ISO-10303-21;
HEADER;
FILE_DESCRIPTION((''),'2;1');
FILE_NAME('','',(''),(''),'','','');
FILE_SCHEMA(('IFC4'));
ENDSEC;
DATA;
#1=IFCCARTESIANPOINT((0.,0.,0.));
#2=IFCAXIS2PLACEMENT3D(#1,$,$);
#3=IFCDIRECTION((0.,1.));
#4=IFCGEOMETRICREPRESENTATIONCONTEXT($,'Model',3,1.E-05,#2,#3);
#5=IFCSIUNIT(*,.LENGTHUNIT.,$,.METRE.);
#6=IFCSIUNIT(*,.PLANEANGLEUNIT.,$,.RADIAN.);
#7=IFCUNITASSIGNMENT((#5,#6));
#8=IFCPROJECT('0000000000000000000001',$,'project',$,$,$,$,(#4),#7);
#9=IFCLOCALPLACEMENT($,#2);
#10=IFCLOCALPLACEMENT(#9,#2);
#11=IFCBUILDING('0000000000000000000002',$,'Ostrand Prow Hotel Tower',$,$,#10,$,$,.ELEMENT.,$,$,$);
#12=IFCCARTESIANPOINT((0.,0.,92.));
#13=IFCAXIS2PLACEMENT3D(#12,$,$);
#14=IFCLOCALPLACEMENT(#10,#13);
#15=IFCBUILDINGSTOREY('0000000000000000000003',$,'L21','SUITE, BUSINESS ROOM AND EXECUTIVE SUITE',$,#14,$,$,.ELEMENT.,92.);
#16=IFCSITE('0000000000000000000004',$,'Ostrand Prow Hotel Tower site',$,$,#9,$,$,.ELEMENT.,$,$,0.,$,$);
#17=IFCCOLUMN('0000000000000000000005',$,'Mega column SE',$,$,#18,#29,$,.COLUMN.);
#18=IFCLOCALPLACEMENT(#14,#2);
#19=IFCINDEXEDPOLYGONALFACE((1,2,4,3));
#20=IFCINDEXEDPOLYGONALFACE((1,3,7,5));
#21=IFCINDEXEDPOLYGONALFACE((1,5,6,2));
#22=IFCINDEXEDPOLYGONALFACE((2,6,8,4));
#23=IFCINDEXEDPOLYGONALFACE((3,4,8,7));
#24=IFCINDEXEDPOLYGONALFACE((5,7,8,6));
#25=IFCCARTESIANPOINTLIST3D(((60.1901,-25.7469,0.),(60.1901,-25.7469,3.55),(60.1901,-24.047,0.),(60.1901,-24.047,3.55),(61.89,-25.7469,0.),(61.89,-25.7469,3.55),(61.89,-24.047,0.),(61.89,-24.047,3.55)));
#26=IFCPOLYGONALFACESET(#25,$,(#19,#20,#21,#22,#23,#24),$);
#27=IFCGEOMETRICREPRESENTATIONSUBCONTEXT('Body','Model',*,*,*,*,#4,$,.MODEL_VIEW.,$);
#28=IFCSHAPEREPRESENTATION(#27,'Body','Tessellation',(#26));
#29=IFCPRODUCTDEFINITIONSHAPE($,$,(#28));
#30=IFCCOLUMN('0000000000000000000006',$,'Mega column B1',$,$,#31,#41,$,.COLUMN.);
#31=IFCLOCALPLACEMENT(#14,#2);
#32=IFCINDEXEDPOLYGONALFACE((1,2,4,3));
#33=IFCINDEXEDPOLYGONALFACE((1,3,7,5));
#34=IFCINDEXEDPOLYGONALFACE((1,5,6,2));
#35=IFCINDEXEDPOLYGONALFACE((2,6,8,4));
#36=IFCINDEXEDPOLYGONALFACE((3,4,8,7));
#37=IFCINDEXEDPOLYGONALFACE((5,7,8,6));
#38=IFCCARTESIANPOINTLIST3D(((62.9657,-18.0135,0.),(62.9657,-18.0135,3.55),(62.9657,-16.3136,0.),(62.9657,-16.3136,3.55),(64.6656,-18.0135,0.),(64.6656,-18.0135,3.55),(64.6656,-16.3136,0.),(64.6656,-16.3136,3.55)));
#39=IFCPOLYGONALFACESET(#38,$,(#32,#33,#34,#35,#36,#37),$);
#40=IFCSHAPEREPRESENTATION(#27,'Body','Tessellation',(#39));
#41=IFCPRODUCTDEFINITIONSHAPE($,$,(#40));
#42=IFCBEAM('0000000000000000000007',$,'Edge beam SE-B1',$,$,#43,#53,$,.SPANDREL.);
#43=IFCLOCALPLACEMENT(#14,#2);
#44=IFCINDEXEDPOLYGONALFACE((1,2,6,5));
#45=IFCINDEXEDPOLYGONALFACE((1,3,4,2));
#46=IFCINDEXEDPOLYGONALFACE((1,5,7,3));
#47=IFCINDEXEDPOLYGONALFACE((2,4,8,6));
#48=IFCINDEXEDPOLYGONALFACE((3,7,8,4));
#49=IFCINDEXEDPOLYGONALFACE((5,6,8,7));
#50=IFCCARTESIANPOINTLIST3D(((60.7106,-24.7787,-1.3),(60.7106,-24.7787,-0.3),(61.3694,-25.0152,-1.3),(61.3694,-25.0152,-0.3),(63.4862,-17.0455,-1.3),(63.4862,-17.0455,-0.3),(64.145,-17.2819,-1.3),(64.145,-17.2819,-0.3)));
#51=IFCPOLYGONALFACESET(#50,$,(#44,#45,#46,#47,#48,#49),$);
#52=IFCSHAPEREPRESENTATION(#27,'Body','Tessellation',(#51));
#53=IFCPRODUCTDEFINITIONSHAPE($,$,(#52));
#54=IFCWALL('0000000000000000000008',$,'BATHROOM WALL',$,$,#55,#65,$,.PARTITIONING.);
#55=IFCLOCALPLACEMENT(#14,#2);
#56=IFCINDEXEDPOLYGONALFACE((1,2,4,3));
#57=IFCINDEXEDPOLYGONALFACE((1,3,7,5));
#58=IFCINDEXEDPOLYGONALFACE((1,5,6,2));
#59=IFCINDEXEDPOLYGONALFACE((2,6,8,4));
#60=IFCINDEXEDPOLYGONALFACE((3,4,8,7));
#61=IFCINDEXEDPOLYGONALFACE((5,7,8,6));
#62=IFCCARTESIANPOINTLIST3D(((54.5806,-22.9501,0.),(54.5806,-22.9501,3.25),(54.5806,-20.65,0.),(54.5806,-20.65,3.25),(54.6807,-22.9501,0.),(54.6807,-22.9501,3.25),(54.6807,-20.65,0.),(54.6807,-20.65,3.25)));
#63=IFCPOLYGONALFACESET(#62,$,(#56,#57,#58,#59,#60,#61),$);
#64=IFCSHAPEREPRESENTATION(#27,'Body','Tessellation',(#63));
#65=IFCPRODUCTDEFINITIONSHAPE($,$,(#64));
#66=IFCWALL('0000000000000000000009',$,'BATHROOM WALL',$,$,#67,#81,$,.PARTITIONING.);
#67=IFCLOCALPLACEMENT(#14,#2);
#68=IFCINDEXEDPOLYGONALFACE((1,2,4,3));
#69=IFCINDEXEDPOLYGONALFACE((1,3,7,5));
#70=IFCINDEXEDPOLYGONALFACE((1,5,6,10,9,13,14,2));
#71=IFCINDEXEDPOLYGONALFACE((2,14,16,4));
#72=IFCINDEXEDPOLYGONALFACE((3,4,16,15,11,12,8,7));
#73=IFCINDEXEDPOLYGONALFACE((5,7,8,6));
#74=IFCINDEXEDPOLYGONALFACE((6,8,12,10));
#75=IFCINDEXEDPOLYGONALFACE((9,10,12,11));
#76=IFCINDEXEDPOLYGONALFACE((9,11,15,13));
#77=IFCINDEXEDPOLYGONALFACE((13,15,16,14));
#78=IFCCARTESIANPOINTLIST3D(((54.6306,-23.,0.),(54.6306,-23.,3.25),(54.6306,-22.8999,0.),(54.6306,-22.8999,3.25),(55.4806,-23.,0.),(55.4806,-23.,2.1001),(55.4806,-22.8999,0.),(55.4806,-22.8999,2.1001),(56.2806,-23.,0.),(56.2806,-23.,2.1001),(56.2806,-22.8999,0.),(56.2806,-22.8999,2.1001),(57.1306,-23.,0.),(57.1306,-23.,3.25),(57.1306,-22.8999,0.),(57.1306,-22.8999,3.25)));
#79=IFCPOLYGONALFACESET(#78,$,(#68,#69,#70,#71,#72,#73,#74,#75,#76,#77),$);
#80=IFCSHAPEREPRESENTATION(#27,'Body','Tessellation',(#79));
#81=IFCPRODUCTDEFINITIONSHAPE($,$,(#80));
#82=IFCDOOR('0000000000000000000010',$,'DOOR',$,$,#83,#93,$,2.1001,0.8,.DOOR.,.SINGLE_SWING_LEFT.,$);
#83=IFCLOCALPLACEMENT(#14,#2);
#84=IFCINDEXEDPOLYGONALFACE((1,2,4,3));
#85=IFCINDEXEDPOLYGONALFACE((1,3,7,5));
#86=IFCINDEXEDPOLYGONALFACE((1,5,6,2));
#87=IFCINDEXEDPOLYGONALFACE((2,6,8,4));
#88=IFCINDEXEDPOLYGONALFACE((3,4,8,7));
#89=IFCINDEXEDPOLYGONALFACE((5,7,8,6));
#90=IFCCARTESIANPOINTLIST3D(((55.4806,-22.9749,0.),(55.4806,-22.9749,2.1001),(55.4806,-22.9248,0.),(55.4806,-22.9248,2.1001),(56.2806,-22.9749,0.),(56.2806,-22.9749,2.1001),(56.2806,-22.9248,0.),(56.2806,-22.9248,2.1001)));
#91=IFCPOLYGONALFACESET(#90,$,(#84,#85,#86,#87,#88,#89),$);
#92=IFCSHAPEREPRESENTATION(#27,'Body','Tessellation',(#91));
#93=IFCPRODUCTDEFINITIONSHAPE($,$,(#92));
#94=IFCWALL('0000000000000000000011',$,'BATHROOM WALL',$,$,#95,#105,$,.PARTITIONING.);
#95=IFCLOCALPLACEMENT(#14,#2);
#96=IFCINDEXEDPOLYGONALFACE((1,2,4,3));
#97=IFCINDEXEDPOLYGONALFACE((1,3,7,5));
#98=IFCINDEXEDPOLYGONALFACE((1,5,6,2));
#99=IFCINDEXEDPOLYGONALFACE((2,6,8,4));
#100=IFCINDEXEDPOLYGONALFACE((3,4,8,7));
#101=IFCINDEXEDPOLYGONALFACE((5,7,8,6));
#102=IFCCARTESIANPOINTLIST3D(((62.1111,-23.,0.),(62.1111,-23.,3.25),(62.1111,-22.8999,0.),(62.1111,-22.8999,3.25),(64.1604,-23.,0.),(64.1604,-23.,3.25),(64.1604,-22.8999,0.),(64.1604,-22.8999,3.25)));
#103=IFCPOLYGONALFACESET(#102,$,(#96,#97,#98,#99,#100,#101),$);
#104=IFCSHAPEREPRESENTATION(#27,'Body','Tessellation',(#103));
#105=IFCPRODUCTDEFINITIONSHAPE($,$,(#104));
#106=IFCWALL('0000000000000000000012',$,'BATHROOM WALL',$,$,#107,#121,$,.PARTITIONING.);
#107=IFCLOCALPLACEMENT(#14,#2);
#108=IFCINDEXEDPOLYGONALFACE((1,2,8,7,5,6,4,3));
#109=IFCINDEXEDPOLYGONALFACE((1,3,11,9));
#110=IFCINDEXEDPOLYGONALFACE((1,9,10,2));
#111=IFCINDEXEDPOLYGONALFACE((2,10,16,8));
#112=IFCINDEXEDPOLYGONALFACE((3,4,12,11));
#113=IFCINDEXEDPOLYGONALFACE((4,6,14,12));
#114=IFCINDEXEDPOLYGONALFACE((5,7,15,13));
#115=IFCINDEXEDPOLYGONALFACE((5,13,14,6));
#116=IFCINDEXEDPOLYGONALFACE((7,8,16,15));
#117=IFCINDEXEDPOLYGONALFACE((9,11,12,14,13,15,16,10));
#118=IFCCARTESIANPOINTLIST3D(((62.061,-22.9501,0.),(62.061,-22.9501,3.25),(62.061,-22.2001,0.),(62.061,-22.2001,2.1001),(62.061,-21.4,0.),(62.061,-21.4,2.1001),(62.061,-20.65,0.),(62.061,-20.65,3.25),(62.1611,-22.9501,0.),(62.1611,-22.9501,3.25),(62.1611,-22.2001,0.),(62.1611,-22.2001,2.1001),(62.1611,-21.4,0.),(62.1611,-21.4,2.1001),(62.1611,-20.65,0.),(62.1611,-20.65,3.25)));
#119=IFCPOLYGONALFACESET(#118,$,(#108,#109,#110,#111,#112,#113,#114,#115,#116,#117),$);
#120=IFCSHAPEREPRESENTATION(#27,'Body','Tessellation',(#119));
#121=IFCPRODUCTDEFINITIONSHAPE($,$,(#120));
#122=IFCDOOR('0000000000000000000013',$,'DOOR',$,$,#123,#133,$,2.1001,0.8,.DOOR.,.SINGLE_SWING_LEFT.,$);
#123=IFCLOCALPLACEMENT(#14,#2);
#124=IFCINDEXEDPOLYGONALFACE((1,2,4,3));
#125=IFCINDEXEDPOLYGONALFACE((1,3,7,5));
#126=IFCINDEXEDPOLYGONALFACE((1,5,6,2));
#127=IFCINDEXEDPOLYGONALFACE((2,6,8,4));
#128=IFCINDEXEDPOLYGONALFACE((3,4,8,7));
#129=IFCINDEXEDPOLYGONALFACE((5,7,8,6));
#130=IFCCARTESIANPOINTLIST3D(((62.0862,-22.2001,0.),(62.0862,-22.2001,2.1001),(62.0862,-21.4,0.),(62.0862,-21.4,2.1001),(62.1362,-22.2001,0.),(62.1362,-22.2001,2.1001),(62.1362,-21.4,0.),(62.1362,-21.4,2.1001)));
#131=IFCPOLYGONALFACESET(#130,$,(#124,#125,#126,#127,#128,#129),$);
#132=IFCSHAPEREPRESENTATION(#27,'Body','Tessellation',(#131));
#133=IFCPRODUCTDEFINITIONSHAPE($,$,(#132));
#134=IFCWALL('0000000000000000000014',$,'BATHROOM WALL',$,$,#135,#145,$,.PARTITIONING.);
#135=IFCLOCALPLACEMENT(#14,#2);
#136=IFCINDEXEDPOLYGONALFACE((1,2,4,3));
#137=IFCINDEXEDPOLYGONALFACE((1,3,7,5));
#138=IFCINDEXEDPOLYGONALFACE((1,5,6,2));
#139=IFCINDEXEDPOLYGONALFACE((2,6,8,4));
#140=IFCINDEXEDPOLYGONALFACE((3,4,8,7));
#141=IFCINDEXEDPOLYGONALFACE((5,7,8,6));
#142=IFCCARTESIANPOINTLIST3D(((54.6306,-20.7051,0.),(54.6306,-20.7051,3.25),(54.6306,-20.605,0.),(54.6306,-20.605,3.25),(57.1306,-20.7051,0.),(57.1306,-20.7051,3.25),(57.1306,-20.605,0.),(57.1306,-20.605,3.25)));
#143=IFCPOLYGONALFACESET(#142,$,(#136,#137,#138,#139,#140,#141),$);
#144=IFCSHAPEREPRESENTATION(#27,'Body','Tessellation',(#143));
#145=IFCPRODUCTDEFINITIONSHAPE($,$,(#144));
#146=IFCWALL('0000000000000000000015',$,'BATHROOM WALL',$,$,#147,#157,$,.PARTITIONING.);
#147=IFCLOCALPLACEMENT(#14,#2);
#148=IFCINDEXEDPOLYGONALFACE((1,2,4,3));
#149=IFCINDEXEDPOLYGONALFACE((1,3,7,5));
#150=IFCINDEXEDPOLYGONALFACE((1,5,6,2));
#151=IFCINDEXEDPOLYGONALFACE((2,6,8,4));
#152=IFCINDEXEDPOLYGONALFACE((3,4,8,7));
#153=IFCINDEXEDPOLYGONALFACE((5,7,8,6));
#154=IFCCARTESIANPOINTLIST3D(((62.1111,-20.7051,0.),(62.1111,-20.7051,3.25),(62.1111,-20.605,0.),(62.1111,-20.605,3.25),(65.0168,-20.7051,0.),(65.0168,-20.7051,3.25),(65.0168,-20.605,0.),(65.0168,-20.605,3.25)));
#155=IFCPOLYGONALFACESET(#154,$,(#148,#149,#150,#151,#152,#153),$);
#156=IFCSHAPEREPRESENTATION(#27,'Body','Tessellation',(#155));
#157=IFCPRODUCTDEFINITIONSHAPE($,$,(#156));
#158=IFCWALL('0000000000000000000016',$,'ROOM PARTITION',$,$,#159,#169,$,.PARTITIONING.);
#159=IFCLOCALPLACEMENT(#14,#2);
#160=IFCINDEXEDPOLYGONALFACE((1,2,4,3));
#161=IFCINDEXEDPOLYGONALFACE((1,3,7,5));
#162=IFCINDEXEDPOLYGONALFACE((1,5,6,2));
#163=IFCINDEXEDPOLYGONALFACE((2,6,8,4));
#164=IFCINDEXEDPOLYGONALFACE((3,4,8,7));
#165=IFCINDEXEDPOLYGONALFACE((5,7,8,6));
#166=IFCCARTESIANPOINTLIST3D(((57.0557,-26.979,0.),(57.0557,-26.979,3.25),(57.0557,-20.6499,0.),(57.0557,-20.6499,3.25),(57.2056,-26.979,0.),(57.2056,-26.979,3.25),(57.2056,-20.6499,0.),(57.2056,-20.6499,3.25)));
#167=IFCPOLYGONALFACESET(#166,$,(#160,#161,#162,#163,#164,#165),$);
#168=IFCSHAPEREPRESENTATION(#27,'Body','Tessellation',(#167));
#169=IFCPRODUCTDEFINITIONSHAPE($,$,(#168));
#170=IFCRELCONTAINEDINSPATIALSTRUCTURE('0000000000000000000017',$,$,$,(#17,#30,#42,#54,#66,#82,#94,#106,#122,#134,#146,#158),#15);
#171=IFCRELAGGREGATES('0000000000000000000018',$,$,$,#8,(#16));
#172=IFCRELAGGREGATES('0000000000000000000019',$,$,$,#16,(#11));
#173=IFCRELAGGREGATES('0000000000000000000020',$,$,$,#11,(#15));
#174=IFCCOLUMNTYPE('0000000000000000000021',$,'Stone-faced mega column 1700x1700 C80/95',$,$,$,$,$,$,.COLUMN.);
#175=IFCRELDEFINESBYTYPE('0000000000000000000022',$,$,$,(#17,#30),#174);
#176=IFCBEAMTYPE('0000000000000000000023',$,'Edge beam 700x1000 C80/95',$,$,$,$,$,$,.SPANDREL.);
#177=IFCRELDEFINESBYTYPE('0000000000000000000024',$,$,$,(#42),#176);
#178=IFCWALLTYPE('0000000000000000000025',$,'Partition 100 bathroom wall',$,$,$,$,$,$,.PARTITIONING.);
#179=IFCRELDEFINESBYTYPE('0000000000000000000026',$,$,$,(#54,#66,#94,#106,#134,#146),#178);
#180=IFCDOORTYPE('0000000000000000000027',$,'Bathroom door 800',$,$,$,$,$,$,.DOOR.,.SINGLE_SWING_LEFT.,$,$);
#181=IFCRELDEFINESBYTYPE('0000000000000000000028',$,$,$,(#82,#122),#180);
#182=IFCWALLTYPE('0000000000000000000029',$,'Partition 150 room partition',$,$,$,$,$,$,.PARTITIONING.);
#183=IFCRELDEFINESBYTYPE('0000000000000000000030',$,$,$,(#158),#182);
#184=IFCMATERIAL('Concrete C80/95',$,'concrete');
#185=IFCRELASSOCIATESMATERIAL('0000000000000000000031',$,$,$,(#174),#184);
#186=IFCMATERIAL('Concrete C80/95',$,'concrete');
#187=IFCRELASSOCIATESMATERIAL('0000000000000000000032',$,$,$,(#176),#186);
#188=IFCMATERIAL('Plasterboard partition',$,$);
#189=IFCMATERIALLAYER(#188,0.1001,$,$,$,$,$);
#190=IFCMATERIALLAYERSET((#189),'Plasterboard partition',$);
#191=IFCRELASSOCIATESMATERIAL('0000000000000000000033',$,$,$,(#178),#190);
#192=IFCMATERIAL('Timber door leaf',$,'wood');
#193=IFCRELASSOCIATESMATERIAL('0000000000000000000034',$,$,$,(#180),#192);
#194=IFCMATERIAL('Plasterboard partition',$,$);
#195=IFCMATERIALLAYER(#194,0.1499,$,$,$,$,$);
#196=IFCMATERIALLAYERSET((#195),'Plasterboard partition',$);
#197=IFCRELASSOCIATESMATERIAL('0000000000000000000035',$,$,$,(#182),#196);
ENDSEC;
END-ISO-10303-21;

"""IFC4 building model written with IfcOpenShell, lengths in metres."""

from ifc_helpers import new_model, si_unit, direction, frame, frame_2d, origin, origin_2d, place, context, subcontext, project, spatial, rectangle, extrude, material, layer, layer_set, material_profile, profile_set, type_object, element, fill, save


model = new_model("IFC4")

# Units and contexts
model_context = context("Model", 3, precision=1e-05, world=origin(), true_north=direction((0.0, 1.0)))
body_context = subcontext(model_context, "Body", "Model", "MODEL_VIEW")
ifc_project = project(units=[si_unit("LENGTHUNIT", "METRE"), si_unit("PLANEANGLEUNIT", "RADIAN")], contexts=[model_context])

# Site, building, storey
site_placement = place(None, origin())
site = spatial("IfcSite", under=ifc_project, at=site_placement, Name="Ostrand Prow Hotel Tower site", CompositionType="ELEMENT", RefElevation=0.0)
building_placement = place(site_placement, origin())
building = spatial("IfcBuilding", under=site, at=building_placement, Name="Ostrand Prow Hotel Tower", CompositionType="ELEMENT")
storey_placement = place(building_placement, frame((0.0, 0.0, 92.0)))
storey = spatial("IfcBuildingStorey", under=building, at=storey_placement, Name="L21", Description="SUITE, BUSINESS ROOM AND EXECUTIVE SUITE", CompositionType="ELEMENT", Elevation=92.0)

# Columns
ifc_material_1 = material(Name="Concrete C80/95", Category="concrete")
ifc_material_profile_1 = material_profile(ifc_material_1, rectangle(XDim=1.7, YDim=1.7, at=origin_2d()), Name="RC 1700x1700")
ifc_profile_set_1 = profile_set([ifc_material_profile_1], Name="Concrete C80/95")
column_type = type_object("IfcColumnType", Name="Stone-faced mega column 1700x1700 C80/95", PredefinedType="COLUMN", material=ifc_profile_set_1)
for number, where, z_axis, x_axis, name in (
    (1, (61.04, -24.897, 0.0), (0.0, 0.0, 1.0), (1.0, 0.0, 0.0), "Mega column SE"),
    (2, (63.8157, -17.1636, 0.0), (0.0, 0.0, 1.0), (1.0, 0.0, 0.0), "Mega column B1"),
):
    element("IfcColumn", number, at=place(storey_placement, frame(where, z_axis=z_axis, x_axis=x_axis)), inside=storey, type_object=column_type, Name=name, PredefinedType="COLUMN", context=body_context, shape_type="SweptSolid", body=[
        extrude(rectangle(XDim=1.7, YDim=1.7, at=origin_2d()), origin(), (0.0, 0.0, 1.0), 3.55),
    ])

# Beam
ifc_material_2 = material(Name="Concrete C80/95", Category="concrete")
ifc_material_profile_2 = material_profile(ifc_material_2, rectangle(XDim=0.7, YDim=1.0, at=origin_2d()), Name="RC 700x1000")
ifc_profile_set_2 = profile_set([ifc_material_profile_2], Name="Concrete C80/95")
beam_type = type_object("IfcBeamType", Name="Edge beam 700x1000 C80/95", PredefinedType="SPANDREL", material=ifc_profile_set_2)
beam_placement = place(storey_placement, frame((61.04, -24.897, -0.8), z_axis=(0.337815, 0.941212, 0.0), x_axis=(-0.941212, 0.337815, 0.0)))
element("IfcBeam", 3, at=beam_placement, inside=storey, type_object=beam_type, Name="Edge beam SE-B1", PredefinedType="SPANDREL", context=body_context, shape_type="SweptSolid", body=[
    extrude(rectangle(XDim=0.7, YDim=1.0, at=origin_2d()), origin(), (0.0, 0.0, 1.0), 8.2163),
])

# Wall
ifc_material_3 = material(Name="Plasterboard partition")
ifc_layer_1 = layer(ifc_material_3, 0.1001)
ifc_layer_set_1 = layer_set([ifc_layer_1], Name="Plasterboard partition")
wall_type_1 = type_object("IfcWallType", Name="Partition 100 bathroom wall", PredefinedType="PARTITIONING", material=ifc_layer_set_1)
wall_1_placement = place(storey_placement, frame((54.6306, -22.95, 0.0), z_axis=(0.0, 0.0, 1.0), x_axis=(0.0, 1.0, 0.0)))
element("IfcWall", 4, at=wall_1_placement, inside=storey, type_object=wall_type_1, Name="BATHROOM WALL", PredefinedType="PARTITIONING", context=body_context, shape_type="SweptSolid", body=[
    extrude(rectangle(XDim=2.3, YDim=0.1001, at=frame_2d((1.1499, 0.0))), origin(), (0.0, 0.0, 1.0), 3.25),
])

# Wall, opening, door
wall_2_placement = place(storey_placement, frame((57.1306, -22.95, 0.0), z_axis=(0.0, 0.0, 1.0), x_axis=(-1.0, 0.0, 0.0)))
wall_2 = element("IfcWall", 5, at=wall_2_placement, inside=storey, type_object=wall_type_1, Name="BATHROOM WALL", PredefinedType="PARTITIONING", context=body_context, shape_type="SweptSolid", body=[
    extrude(rectangle(XDim=2.5, YDim=0.1001, at=frame_2d((1.25, 0.0))), origin(), (0.0, 0.0, 1.0), 3.25),
])
opening_1_placement = place(wall_2_placement, frame((0.8501, 0.0, 0.0)))
opening_1 = element("IfcOpeningElement", 6, at=opening_1_placement, cuts=wall_2, PredefinedType="OPENING", context=body_context, shape_type="SweptSolid", body=[
    extrude(rectangle(XDim=0.8, YDim=2.1001, at=frame_2d((0.3999, 1.05))), frame((0.0, 0.0601, 0.0), z_axis=(0.0, -1.0, 0.0), x_axis=(1.0, 0.0, 0.0)), (0.0, 0.0, 1.0), 0.1201),
])
ifc_material_4 = material(Name="Timber door leaf", Category="wood")
door_type_1 = type_object("IfcDoorType", Name="Bathroom door 800", OperationType="SINGLE_SWING_LEFT", PredefinedType="DOOR", material=ifc_material_4)
door_1_placement = place(opening_1_placement, origin())
door_1 = element("IfcDoor", 7, at=door_1_placement, inside=storey, type_object=door_type_1, Name="DOOR", OperationType="SINGLE_SWING_LEFT", OverallHeight=2.1001, OverallWidth=0.8, PredefinedType="DOOR", context=body_context, shape_type="SweptSolid", body=[
    extrude(rectangle(XDim=0.8, YDim=2.1001, at=frame_2d((0.3999, 1.05))), frame((0.0, 0.0249, 0.0), z_axis=(0.0, -1.0, 0.0), x_axis=(1.0, 0.0, 0.0)), (0.0, 0.0, 1.0), 0.05),
])
fill(opening_1, door_1)

# Wall
wall_3_placement = place(storey_placement, frame((64.1604, -22.95, 0.0), z_axis=(0.0, 0.0, 1.0), x_axis=(-1.0, 0.0, 0.0)))
element("IfcWall", 8, at=wall_3_placement, inside=storey, type_object=wall_type_1, Name="BATHROOM WALL", PredefinedType="PARTITIONING", context=body_context, shape_type="SweptSolid", body=[
    extrude(rectangle(XDim=2.0493, YDim=0.1001, at=frame_2d((1.0247, 0.0))), origin(), (0.0, 0.0, 1.0), 3.25),
])

# Wall, opening, door
wall_4_placement = place(storey_placement, frame((62.1111, -22.95, 0.0), z_axis=(0.0, 0.0, 1.0), x_axis=(0.0, 1.0, 0.0)))
wall_4 = element("IfcWall", 9, at=wall_4_placement, inside=storey, type_object=wall_type_1, Name="BATHROOM WALL", PredefinedType="PARTITIONING", context=body_context, shape_type="SweptSolid", body=[
    extrude(rectangle(XDim=2.3, YDim=0.1001, at=frame_2d((1.1499, 0.0))), origin(), (0.0, 0.0, 1.0), 3.25),
])
opening_2_placement = place(wall_4_placement, frame((0.75, 0.0, 0.0)))
opening_2 = element("IfcOpeningElement", 10, at=opening_2_placement, cuts=wall_4, PredefinedType="OPENING", context=body_context, shape_type="SweptSolid", body=[
    extrude(rectangle(XDim=0.8, YDim=2.1001, at=frame_2d((0.3999, 1.05))), frame((0.0, 0.0601, 0.0), z_axis=(0.0, -1.0, 0.0), x_axis=(1.0, 0.0, 0.0)), (0.0, 0.0, 1.0), 0.1201),
])
door_2_placement = place(opening_2_placement, origin())
door_2 = element("IfcDoor", 11, at=door_2_placement, inside=storey, type_object=door_type_1, Name="DOOR", OperationType="SINGLE_SWING_LEFT", OverallHeight=2.1001, OverallWidth=0.8, PredefinedType="DOOR", context=body_context, shape_type="SweptSolid", body=[
    extrude(rectangle(XDim=0.8, YDim=2.1001, at=frame_2d((0.3999, 1.05))), frame((0.0, 0.0249, 0.0), z_axis=(0.0, -1.0, 0.0), x_axis=(1.0, 0.0, 0.0)), (0.0, 0.0, 1.0), 0.05),
])
fill(opening_2, door_2)

# Walls
wall_5_placement = place(storey_placement, frame((54.6306, -20.655, 0.0), z_axis=(0.0, 0.0, 1.0), x_axis=(1.0, 0.0, 0.0)))
element("IfcWall", 12, at=wall_5_placement, inside=storey, type_object=wall_type_1, Name="BATHROOM WALL", PredefinedType="PARTITIONING", context=body_context, shape_type="SweptSolid", body=[
    extrude(rectangle(XDim=2.5, YDim=0.1001, at=frame_2d((1.25, 0.0))), origin(), (0.0, 0.0, 1.0), 3.25),
])
wall_6_placement = place(storey_placement, frame((62.1111, -20.655, 0.0), z_axis=(0.0, 0.0, 1.0), x_axis=(1.0, 0.0, 0.0)))
element("IfcWall", 13, at=wall_6_placement, inside=storey, type_object=wall_type_1, Name="BATHROOM WALL", PredefinedType="PARTITIONING", context=body_context, shape_type="SweptSolid", body=[
    extrude(rectangle(XDim=2.9058, YDim=0.1001, at=frame_2d((1.4529, 0.0))), origin(), (0.0, 0.0, 1.0), 3.25),
])
ifc_material_5 = material(Name="Plasterboard partition")
ifc_layer_2 = layer(ifc_material_5, 0.1499)
ifc_layer_set_2 = layer_set([ifc_layer_2], Name="Plasterboard partition")
wall_type_2 = type_object("IfcWallType", Name="Partition 150 room partition", PredefinedType="PARTITIONING", material=ifc_layer_set_2)
wall_7_placement = place(storey_placement, frame((57.1306, -26.979, 0.0), z_axis=(0.0, 0.0, 1.0), x_axis=(0.0, 1.0, 0.0)))
element("IfcWall", 14, at=wall_7_placement, inside=storey, type_object=wall_type_2, Name="ROOM PARTITION", PredefinedType="PARTITIONING", context=body_context, shape_type="SweptSolid", body=[
    extrude(rectangle(XDim=6.3291, YDim=0.1499, at=frame_2d((3.1646, 0.0))), origin(), (0.0, 0.0, 1.0), 3.25),
])

save(model, "model.ifc")
